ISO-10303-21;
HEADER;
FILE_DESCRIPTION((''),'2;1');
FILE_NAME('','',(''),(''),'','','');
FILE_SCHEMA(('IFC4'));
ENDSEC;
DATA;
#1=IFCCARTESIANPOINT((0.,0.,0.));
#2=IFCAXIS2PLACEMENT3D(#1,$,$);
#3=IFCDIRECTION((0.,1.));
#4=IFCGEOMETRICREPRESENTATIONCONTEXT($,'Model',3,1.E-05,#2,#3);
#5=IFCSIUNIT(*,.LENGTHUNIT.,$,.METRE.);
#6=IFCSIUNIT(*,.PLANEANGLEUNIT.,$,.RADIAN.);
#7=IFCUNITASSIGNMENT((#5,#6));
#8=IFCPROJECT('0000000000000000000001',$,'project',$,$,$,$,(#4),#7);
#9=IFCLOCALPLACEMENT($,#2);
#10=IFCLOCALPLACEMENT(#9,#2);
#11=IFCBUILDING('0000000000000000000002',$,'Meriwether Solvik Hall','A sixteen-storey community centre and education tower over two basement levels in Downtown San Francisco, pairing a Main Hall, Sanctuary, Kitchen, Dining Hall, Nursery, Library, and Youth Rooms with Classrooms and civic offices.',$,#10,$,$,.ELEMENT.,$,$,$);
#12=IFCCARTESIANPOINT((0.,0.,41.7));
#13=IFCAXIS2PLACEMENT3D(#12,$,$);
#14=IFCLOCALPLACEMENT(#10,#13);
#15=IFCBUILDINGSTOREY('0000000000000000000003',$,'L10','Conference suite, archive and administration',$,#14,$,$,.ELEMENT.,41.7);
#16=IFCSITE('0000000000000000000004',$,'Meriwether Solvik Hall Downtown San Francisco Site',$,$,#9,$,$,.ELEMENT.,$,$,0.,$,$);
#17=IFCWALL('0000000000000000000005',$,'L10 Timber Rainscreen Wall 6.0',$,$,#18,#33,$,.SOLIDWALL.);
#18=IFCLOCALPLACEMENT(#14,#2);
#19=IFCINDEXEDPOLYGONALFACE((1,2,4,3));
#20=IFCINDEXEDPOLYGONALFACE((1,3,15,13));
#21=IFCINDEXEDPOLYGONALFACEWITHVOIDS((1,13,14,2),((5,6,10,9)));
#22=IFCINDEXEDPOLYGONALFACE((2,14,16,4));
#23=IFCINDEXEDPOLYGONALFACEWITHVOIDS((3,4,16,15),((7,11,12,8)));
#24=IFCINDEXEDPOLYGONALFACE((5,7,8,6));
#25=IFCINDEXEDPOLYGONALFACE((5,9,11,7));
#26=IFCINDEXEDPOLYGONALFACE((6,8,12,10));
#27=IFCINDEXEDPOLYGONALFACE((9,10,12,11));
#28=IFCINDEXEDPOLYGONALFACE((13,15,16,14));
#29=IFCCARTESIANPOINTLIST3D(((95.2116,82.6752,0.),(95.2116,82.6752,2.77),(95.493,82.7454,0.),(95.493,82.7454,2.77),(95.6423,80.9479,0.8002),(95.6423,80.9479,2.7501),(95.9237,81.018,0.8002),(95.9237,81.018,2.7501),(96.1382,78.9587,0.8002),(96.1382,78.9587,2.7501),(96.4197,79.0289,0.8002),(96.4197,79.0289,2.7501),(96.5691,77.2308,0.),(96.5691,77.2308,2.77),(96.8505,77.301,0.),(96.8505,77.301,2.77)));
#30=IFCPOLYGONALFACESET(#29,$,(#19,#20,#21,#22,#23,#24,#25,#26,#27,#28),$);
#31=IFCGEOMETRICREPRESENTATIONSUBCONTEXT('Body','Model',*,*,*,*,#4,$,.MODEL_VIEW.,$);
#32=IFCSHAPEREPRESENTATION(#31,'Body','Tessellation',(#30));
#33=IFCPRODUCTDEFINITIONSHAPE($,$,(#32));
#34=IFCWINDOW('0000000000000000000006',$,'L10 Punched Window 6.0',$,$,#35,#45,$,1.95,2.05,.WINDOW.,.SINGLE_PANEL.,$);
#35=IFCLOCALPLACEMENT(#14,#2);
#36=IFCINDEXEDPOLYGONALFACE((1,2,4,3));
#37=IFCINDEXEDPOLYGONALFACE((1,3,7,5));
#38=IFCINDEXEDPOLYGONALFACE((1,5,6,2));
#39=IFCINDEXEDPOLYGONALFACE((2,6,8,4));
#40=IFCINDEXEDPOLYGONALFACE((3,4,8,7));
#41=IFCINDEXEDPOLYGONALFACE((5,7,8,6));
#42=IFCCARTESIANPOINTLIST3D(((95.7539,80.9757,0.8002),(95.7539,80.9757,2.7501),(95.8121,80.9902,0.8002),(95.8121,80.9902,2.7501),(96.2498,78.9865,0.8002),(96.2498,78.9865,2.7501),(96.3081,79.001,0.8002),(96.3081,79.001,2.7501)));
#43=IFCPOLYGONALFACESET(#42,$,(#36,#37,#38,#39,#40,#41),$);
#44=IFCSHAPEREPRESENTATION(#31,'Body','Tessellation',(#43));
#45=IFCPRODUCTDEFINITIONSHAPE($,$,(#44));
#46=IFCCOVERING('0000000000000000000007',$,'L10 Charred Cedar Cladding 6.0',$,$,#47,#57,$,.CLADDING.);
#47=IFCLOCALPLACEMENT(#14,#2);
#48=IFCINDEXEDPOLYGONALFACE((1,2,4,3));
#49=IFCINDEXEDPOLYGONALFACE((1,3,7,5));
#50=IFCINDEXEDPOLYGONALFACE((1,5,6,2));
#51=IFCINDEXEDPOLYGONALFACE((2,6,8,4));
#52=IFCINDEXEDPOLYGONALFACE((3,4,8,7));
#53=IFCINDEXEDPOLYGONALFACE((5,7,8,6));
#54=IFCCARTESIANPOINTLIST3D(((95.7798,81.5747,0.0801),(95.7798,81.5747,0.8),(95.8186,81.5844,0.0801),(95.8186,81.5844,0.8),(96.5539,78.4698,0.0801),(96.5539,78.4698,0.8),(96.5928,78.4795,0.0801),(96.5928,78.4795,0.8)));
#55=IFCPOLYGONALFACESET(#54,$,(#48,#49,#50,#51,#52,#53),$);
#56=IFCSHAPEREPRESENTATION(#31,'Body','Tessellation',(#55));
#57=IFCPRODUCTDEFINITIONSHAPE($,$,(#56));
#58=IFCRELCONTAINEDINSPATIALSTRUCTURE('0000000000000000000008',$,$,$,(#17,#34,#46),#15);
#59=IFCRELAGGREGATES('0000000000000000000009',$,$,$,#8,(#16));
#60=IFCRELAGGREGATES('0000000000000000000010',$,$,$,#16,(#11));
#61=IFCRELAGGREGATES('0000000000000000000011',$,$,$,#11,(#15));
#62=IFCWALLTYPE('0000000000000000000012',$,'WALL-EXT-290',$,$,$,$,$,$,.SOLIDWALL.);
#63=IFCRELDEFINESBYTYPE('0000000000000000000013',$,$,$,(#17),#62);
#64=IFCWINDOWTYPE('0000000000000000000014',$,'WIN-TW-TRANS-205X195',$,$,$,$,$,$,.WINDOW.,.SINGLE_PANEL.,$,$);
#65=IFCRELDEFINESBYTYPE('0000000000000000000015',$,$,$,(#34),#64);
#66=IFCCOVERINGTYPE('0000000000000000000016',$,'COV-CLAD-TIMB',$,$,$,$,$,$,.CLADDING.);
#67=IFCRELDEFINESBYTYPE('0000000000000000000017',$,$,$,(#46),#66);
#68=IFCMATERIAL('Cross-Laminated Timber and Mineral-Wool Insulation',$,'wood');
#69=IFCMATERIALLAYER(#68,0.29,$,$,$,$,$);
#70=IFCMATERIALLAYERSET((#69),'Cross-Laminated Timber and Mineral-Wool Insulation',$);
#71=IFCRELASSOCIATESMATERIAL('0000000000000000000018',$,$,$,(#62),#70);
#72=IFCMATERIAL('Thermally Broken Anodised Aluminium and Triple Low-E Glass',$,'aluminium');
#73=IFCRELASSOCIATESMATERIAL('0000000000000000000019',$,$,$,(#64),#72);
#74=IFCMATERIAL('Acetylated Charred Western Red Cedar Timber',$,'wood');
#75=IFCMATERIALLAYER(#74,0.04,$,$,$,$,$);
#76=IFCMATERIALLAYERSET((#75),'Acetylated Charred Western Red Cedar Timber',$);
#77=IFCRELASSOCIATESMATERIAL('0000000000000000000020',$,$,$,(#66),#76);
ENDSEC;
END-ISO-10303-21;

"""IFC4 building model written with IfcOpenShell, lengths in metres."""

from ifc_helpers import new_model, si_unit, direction, frame, frame_2d, origin, origin_2d, place, context, subcontext, project, spatial, rectangle, extrude, material, layer, layer_set, type_object, element, fill, save


model = new_model("IFC4")

# Units and contexts
model_context = context("Model", 3, precision=1e-05, world=origin(), true_north=direction((0.0, 1.0)))
body_context = subcontext(model_context, "Body", "Model", "MODEL_VIEW")
ifc_project = project(units=[si_unit("LENGTHUNIT", "METRE"), si_unit("PLANEANGLEUNIT", "RADIAN")], contexts=[model_context])

# Site, building, storey
site_placement = place(None, origin())
site = spatial("IfcSite", under=ifc_project, at=site_placement, Name="Meriwether Solvik Hall Downtown San Francisco Site", CompositionType="ELEMENT", RefElevation=0.0)
building_placement = place(site_placement, origin())
building = spatial("IfcBuilding", under=site, at=building_placement, Name="Meriwether Solvik Hall", Description="A sixteen-storey community centre and education tower over two basement levels in Downtown San Francisco, pairing a Main Hall, Sanctuary, Kitchen, Dining Hall, Nursery, Library, and Youth Rooms with Classrooms and civic offices.", CompositionType="ELEMENT")
storey_placement = place(building_placement, frame((0.0, 0.0, 41.7)))
storey = spatial("IfcBuildingStorey", under=building, at=storey_placement, Name="L10", Description="Conference suite, archive and administration", CompositionType="ELEMENT", Elevation=41.7)

# Wall, opening, window
ifc_material_1 = material(Name="Cross-Laminated Timber and Mineral-Wool Insulation", Category="wood")
ifc_layer_1 = layer(ifc_material_1, 0.29)
ifc_layer_set_1 = layer_set([ifc_layer_1], Name="Cross-Laminated Timber and Mineral-Wool Insulation")
wall_type = type_object("IfcWallType", Name="WALL-EXT-290", PredefinedType="SOLIDWALL", material=ifc_layer_set_1)
wall_placement = place(storey_placement, frame((95.3523, 82.7104, 0.0), z_axis=(0.0, 0.0, 1.0), x_axis=(0.241921, -0.970296, 0.0)))
wall = element("IfcWall", 1, at=wall_placement, inside=storey, type_object=wall_type, Name="L10 Timber Rainscreen Wall 6.0", PredefinedType="SOLIDWALL", context=body_context, shape_type="SweptSolid", body=[
    extrude(rectangle(XDim=5.6111, YDim=0.29, at=frame_2d((2.8057, 0.0))), origin(), (0.0, 0.0, 1.0), 2.77),
])
opening_placement = place(wall_placement, frame((1.7805, 0.0, 0.8)))
opening = element("IfcOpeningElement", 2, at=opening_placement, cuts=wall, PredefinedType="OPENING", context=body_context, shape_type="SweptSolid", body=[
    extrude(rectangle(XDim=2.05, YDim=1.95, at=frame_2d((1.0249, 0.9751))), frame((0.0, 0.157, 0.0), z_axis=(0.0, -1.0, 0.0), x_axis=(1.0, 0.0, 0.0)), (0.0, 0.0, 1.0), 0.314),
])
ifc_material_2 = material(Name="Thermally Broken Anodised Aluminium and Triple Low-E Glass", Category="aluminium")
window_type = type_object("IfcWindowType", Name="WIN-TW-TRANS-205X195", PartitioningType="SINGLE_PANEL", PredefinedType="WINDOW", material=ifc_material_2)
window_placement = place(opening_placement, origin())
window = element("IfcWindow", 3, at=window_placement, inside=storey, type_object=window_type, Name="L10 Punched Window 6.0", OverallHeight=1.95, OverallWidth=2.05, PartitioningType="SINGLE_PANEL", PredefinedType="WINDOW", context=body_context, shape_type="SweptSolid", body=[
    extrude(rectangle(XDim=2.05, YDim=1.95, at=frame_2d((1.0249, 0.9751))), frame((0.0, 0.03, 0.0), z_axis=(0.0, -1.0, 0.0), x_axis=(1.0, 0.0, 0.0)), (0.0, 0.0, 1.0), 0.0601),
])
fill(opening, window)

# Covering
ifc_material_3 = material(Name="Acetylated Charred Western Red Cedar Timber", Category="wood")
ifc_layer_2 = layer(ifc_material_3, 0.04)
ifc_layer_set_2 = layer_set([ifc_layer_2], Name="Acetylated Charred Western Red Cedar Timber")
covering_type = type_object("IfcCoveringType", Name="COV-CLAD-TIMB", PredefinedType="CLADDING", material=ifc_layer_set_2)
covering_placement = place(storey_placement, frame((96.1863, 80.0271, 0.0801), z_axis=(0.0, 0.0, 1.0), x_axis=(0.241922, -0.970296, 0.0)))
element("IfcCovering", 4, at=covering_placement, inside=storey, type_object=covering_type, Name="L10 Charred Cedar Cladding 6.0", PredefinedType="CLADDING", context=body_context, shape_type="SweptSolid", body=[
    extrude(rectangle(XDim=3.2, YDim=0.04, at=origin_2d()), origin(), (0.0, 0.0, 1.0), 0.72),
])

save(model, "model.ifc")
